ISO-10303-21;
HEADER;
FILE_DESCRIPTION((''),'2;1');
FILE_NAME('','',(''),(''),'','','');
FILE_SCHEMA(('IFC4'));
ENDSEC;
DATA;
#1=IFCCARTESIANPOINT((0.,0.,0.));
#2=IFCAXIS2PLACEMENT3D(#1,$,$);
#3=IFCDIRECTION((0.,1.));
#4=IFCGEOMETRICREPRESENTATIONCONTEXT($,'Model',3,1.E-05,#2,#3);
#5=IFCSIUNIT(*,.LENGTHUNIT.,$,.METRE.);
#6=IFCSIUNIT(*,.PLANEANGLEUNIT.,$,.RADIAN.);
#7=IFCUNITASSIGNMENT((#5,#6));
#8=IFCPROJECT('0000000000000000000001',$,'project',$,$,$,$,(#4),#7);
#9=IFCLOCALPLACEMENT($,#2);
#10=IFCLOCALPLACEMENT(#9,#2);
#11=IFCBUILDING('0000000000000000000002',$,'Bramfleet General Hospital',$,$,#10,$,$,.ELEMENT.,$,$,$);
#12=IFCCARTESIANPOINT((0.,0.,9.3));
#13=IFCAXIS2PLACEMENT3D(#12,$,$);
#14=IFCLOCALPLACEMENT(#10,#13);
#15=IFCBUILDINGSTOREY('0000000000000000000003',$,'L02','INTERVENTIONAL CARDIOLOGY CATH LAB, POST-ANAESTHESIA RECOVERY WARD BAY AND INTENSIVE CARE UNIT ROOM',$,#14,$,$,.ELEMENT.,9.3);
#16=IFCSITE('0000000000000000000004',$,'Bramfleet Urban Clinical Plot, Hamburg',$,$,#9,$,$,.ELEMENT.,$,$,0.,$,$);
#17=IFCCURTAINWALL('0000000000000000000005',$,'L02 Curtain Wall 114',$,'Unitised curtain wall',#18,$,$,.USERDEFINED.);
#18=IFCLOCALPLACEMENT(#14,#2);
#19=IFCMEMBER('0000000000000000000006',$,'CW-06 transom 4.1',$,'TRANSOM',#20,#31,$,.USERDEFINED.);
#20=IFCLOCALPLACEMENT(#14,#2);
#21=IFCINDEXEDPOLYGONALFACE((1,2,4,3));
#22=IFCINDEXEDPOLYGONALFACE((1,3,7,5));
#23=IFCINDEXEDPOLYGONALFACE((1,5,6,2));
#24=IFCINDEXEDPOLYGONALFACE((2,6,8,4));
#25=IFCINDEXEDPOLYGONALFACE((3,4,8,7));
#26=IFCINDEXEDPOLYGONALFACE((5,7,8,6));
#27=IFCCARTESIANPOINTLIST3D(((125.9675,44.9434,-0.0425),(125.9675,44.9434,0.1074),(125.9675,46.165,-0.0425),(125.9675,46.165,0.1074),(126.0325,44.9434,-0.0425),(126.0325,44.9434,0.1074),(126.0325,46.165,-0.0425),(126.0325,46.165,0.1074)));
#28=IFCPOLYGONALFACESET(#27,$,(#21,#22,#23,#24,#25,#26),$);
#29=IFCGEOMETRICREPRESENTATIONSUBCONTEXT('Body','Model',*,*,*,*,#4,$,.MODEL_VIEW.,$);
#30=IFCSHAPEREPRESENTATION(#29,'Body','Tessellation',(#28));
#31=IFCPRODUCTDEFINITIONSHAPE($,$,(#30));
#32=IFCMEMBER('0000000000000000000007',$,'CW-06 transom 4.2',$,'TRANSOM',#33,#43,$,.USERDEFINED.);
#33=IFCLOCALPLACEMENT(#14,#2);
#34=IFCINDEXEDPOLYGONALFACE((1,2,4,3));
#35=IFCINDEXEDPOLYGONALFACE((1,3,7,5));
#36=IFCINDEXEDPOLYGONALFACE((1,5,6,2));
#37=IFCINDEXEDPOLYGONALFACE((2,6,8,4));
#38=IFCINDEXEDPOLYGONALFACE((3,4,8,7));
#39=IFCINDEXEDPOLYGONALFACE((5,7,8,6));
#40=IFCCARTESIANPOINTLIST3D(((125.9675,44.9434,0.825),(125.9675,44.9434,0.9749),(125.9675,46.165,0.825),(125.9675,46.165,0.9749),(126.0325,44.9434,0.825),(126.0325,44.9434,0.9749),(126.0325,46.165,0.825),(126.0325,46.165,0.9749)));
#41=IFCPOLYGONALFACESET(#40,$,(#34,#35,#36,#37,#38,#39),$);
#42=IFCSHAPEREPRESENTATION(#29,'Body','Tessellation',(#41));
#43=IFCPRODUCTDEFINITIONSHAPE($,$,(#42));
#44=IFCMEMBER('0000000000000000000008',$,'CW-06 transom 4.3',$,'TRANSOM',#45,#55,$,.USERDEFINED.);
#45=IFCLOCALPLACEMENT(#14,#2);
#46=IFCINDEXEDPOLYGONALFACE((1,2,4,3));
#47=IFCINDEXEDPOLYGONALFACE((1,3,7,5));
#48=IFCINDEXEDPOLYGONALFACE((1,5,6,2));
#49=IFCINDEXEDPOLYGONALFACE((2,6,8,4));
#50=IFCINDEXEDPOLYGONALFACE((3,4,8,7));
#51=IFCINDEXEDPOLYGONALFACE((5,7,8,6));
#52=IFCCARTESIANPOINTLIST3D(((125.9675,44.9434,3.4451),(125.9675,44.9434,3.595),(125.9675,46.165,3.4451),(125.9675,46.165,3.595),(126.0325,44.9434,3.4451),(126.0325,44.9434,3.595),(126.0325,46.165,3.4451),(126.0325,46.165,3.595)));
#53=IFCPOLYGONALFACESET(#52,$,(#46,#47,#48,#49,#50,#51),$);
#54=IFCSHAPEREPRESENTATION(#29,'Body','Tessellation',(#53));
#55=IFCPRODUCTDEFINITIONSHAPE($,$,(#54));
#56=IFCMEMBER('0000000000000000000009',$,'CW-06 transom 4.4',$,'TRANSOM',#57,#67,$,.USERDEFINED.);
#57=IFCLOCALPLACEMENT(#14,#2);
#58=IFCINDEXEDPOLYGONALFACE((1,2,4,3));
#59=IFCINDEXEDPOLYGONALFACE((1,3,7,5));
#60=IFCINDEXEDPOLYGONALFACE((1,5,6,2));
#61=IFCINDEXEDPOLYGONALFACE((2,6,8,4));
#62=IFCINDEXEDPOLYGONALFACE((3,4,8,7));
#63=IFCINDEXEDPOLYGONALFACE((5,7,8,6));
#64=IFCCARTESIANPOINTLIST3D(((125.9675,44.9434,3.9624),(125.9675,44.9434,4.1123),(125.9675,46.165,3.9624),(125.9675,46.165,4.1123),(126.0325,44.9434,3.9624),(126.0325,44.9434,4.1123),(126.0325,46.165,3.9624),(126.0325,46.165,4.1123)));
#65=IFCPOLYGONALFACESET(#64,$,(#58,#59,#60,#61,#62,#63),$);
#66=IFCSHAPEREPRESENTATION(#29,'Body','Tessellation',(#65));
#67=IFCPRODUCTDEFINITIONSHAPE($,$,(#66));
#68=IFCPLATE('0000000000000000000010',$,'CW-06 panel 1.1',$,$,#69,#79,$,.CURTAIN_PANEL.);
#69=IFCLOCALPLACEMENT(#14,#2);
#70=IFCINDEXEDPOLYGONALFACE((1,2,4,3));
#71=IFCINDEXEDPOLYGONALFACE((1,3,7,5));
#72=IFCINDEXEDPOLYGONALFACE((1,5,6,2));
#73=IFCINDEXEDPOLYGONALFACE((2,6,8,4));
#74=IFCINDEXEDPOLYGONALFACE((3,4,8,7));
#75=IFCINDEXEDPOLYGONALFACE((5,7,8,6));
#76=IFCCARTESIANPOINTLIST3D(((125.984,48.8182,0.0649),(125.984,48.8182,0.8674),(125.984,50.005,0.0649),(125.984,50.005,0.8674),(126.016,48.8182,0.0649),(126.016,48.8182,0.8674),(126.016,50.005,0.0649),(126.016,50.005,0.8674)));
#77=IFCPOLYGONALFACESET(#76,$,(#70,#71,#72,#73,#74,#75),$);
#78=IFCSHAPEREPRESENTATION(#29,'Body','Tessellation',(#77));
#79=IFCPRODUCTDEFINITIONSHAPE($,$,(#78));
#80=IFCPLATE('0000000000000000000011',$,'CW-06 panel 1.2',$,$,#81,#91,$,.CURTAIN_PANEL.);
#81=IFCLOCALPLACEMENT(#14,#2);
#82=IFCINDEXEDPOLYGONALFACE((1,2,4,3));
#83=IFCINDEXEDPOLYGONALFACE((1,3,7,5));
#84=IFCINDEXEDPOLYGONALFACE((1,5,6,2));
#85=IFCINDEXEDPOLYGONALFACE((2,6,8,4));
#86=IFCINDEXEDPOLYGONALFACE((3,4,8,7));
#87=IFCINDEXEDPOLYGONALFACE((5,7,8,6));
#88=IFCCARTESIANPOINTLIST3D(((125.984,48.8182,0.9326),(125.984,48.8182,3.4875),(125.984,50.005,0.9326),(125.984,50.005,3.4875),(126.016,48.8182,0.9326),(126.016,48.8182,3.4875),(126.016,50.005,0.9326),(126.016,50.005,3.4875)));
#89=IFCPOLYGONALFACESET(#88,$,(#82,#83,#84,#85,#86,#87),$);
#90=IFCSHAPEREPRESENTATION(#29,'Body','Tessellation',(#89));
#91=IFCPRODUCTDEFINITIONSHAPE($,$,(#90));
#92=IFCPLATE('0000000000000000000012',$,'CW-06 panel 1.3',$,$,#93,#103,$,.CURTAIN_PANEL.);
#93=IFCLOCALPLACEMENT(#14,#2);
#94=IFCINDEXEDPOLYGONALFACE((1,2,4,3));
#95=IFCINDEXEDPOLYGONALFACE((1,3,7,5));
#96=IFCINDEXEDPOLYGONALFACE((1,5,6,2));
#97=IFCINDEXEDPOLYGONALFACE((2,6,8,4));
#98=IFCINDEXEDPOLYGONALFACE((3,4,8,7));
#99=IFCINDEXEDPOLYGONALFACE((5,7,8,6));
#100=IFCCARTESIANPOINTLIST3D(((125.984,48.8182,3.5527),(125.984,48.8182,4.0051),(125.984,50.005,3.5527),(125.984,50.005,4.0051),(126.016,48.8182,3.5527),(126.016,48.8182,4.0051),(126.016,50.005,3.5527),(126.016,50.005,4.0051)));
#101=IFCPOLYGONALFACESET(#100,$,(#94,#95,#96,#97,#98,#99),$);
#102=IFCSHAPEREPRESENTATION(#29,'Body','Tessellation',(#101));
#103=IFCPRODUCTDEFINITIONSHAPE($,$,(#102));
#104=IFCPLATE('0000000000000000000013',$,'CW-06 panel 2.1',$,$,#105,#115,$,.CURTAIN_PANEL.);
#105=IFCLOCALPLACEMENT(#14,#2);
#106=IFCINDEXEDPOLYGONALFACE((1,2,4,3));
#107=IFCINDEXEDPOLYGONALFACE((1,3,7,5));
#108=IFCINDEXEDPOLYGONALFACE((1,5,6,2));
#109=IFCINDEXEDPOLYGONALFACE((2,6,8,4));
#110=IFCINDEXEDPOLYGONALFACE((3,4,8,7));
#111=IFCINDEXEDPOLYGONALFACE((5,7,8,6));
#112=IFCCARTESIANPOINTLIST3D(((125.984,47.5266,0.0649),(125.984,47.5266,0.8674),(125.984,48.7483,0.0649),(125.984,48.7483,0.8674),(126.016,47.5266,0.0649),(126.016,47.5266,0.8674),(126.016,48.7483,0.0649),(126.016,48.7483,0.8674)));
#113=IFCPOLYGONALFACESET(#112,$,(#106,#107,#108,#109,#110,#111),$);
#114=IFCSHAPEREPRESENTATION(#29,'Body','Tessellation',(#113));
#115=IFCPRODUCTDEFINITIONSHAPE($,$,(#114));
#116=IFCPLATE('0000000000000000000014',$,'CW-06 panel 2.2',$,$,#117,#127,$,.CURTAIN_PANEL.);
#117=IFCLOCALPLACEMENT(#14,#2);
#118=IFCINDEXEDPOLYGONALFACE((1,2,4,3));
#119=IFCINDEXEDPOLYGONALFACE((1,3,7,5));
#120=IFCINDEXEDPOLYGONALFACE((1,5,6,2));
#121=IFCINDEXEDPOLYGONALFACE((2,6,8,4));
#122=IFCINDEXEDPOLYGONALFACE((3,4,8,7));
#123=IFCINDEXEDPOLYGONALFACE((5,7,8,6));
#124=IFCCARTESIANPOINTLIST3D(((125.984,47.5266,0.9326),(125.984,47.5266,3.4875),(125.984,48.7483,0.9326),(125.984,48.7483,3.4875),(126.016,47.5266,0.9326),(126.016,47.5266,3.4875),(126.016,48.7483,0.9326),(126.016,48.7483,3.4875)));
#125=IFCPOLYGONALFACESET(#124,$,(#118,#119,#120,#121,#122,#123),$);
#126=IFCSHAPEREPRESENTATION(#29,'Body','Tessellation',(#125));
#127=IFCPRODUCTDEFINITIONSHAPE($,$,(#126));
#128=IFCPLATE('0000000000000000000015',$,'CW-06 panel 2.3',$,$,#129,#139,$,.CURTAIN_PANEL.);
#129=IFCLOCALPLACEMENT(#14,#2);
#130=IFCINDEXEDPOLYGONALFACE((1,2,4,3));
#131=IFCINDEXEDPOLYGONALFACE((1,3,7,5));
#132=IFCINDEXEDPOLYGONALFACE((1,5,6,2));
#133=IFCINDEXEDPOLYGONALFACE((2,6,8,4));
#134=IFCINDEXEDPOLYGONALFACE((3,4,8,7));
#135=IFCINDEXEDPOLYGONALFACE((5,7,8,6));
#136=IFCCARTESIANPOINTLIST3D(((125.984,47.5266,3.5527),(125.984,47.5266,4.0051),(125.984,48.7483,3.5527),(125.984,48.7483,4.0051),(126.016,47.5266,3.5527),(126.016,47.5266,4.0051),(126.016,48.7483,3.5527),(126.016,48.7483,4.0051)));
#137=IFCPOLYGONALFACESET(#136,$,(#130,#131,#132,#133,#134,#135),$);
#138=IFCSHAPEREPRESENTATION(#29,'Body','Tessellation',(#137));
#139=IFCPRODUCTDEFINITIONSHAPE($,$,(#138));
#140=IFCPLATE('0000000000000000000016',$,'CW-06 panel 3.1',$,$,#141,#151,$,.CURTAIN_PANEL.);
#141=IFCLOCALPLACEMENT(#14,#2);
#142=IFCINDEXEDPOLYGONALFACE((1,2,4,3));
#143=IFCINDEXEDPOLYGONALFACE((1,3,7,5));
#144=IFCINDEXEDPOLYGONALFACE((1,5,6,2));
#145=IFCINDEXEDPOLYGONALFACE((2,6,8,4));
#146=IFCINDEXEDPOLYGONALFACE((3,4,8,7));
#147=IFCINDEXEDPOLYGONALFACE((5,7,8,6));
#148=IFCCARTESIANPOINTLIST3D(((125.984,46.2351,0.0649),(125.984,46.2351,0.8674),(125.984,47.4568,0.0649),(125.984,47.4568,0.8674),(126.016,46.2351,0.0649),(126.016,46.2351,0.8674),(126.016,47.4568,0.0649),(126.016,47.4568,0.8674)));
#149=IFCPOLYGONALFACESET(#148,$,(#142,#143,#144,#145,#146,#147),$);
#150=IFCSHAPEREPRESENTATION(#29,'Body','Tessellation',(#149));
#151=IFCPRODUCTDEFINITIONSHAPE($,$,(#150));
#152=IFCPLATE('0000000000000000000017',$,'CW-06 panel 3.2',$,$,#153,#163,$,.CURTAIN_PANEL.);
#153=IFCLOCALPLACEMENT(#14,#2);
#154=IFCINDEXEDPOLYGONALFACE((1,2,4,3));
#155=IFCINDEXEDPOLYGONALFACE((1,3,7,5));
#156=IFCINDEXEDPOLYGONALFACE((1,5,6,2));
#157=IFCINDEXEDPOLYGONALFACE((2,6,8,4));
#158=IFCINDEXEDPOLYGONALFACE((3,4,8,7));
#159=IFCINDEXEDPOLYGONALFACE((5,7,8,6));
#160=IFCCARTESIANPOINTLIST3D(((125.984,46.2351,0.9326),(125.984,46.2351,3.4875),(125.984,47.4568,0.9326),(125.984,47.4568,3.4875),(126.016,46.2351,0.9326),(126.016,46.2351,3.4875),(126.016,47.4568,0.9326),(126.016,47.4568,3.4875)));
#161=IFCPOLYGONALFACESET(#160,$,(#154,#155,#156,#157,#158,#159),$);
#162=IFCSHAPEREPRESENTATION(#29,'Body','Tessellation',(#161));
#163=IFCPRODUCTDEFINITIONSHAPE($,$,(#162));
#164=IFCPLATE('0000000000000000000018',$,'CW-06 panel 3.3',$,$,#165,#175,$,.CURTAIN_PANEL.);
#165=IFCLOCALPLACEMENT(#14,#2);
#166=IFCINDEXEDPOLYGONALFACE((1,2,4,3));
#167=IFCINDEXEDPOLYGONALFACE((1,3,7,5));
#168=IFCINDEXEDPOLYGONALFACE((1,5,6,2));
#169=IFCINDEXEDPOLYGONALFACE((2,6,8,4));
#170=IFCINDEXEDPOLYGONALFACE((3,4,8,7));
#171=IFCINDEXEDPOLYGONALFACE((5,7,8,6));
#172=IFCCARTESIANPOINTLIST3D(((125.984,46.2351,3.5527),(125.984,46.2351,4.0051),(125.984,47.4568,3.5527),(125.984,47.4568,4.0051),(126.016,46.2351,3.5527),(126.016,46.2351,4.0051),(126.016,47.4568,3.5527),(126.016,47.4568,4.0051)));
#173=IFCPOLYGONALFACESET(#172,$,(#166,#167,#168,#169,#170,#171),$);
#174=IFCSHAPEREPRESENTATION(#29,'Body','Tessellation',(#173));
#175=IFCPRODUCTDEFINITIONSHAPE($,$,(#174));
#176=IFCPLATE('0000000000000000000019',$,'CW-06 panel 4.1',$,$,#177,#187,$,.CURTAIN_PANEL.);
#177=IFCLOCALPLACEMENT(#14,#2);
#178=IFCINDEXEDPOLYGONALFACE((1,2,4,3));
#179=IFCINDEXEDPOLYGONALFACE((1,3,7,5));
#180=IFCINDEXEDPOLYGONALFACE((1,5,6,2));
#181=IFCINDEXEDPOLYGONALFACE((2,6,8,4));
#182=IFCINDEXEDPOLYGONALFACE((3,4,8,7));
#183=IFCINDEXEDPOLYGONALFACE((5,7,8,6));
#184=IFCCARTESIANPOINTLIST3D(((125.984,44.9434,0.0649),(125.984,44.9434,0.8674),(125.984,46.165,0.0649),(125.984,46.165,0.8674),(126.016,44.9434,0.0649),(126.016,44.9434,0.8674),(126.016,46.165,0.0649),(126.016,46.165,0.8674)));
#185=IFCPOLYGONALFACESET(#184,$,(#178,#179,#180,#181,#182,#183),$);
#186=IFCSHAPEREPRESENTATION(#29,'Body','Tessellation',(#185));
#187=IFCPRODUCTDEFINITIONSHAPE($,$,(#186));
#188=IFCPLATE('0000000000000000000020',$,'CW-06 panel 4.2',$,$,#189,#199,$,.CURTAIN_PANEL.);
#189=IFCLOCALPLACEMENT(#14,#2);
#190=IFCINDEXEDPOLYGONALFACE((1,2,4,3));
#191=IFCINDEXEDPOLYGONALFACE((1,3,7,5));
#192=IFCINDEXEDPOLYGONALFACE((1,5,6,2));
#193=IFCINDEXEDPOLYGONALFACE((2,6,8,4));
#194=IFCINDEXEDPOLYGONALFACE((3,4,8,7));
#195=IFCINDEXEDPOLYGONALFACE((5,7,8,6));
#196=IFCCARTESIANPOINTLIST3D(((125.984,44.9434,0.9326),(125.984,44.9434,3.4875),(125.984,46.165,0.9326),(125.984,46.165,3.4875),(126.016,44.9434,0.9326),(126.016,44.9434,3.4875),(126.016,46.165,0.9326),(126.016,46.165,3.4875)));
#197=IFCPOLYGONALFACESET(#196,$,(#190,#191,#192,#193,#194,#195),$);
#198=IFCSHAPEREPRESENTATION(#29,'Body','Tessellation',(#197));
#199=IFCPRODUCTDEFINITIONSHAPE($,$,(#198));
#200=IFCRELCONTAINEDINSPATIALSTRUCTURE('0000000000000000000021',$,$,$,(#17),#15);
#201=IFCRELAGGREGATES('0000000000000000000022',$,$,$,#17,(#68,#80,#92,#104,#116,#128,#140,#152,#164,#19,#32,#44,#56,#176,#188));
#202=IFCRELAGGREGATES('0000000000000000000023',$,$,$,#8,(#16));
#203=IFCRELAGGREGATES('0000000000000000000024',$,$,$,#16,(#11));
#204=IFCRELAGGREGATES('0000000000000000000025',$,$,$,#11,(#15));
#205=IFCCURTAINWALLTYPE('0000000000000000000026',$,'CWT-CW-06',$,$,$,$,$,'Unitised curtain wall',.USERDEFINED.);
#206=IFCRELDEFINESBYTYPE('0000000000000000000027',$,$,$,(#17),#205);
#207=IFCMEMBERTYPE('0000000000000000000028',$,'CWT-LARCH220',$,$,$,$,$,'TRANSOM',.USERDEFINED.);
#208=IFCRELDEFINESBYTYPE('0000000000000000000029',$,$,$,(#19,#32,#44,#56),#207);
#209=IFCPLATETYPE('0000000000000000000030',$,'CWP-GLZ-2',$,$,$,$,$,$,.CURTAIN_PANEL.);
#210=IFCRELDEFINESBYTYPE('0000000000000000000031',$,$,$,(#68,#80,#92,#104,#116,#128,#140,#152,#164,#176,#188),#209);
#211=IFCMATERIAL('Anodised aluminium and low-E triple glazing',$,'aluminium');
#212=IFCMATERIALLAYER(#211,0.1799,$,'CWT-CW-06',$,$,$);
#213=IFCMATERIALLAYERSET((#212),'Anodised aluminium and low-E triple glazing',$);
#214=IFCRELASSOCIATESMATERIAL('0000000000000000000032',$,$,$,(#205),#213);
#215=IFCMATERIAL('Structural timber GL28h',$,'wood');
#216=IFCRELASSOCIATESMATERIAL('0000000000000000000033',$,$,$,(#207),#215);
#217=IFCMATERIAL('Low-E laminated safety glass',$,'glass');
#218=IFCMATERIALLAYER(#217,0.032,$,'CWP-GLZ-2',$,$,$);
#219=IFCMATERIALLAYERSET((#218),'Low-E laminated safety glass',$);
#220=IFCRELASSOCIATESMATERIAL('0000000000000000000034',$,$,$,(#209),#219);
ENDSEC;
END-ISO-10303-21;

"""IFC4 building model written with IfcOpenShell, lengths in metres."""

from ifc_helpers import new_model, si_unit, direction, frame, origin, origin_2d, place, context, subcontext, project, spatial, rectangle, extrude, material, layer, layer_set, material_profile, profile_set, type_object, element, aggregate, save


model = new_model("IFC4")

# Units and contexts
model_context = context("Model", 3, precision=1e-05, world=origin(), true_north=direction((0.0, 1.0)))
body_context = subcontext(model_context, "Body", "Model", "MODEL_VIEW")
ifc_project = project(units=[si_unit("LENGTHUNIT", "METRE"), si_unit("PLANEANGLEUNIT", "RADIAN")], contexts=[model_context])

# Site, building, storey
site_placement = place(None, origin())
site = spatial("IfcSite", under=ifc_project, at=site_placement, Name="Bramfleet Urban Clinical Plot, Hamburg", CompositionType="ELEMENT", RefElevation=0.0)
building_placement = place(site_placement, origin())
building = spatial("IfcBuilding", under=site, at=building_placement, Name="Bramfleet General Hospital", CompositionType="ELEMENT")
storey_placement = place(building_placement, frame((0.0, 0.0, 9.3)))
storey = spatial("IfcBuildingStorey", under=building, at=storey_placement, Name="L02", Description="INTERVENTIONAL CARDIOLOGY CATH LAB, POST-ANAESTHESIA RECOVERY WARD BAY AND INTENSIVE CARE UNIT ROOM", CompositionType="ELEMENT", Elevation=9.3)

# Curtain wall, members, plates
ifc_material_1 = material(Name="Anodised aluminium and low-E triple glazing", Category="aluminium")
ifc_layer_1 = layer(ifc_material_1, 0.1799, Name="CWT-CW-06")
ifc_layer_set_1 = layer_set([ifc_layer_1], Name="Anodised aluminium and low-E triple glazing")
curtain_wall_type = type_object("IfcCurtainWallType", Name="CWT-CW-06", ElementType="Unitised curtain wall", PredefinedType="USERDEFINED", material=ifc_layer_set_1)
curtain_wall_placement = place(storey_placement, origin())
curtain_wall = element("IfcCurtainWall", 1, at=curtain_wall_placement, inside=storey, type_object=curtain_wall_type, Name="L02 Curtain Wall 114", ObjectType="Unitised curtain wall", PredefinedType="USERDEFINED")
ifc_material_2 = material(Name="Structural timber GL28h", Category="wood")
ifc_material_profile_1 = material_profile(ifc_material_2, rectangle(XDim=0.0649, YDim=0.1499, at=origin_2d()), Name="LARCH 150x65")
ifc_profile_set_1 = profile_set([ifc_material_profile_1], Name="Structural timber GL28h")
member_type_1 = type_object("IfcMemberType", Name="CWT-LARCH220", ElementType="TRANSOM", PredefinedType="USERDEFINED", material=ifc_profile_set_1)
member_1_placement = place(storey_placement, frame((126.0, 46.165, 0.0325), z_axis=(0.0, -1.0, 0.0), x_axis=(1.0, 0.0, 0.0)))
member_1 = element("IfcMember", 2, at=member_1_placement, type_object=member_type_1, Name="CW-06 transom 4.1", ObjectType="TRANSOM", PredefinedType="USERDEFINED", context=body_context, shape_type="SweptSolid", body=[
    extrude(rectangle(XDim=0.0649, YDim=0.1499, at=origin_2d()), origin(), (0.0, 0.0, 1.0), 1.2217),
])
member_2_placement = place(storey_placement, frame((126.0, 46.165, 0.8999), z_axis=(0.0, -1.0, 0.0), x_axis=(1.0, 0.0, 0.0)))
member_2 = element("IfcMember", 3, at=member_2_placement, type_object=member_type_1, Name="CW-06 transom 4.2", ObjectType="TRANSOM", PredefinedType="USERDEFINED", context=body_context, shape_type="SweptSolid", body=[
    extrude(rectangle(XDim=0.0649, YDim=0.1499, at=origin_2d()), origin(), (0.0, 0.0, 1.0), 1.2217),
])
member_3_placement = place(storey_placement, frame((126.0, 46.165, 3.52), z_axis=(0.0, -1.0, 0.0), x_axis=(1.0, 0.0, 0.0)))
member_3 = element("IfcMember", 4, at=member_3_placement, type_object=member_type_1, Name="CW-06 transom 4.3", ObjectType="TRANSOM", PredefinedType="USERDEFINED", context=body_context, shape_type="SweptSolid", body=[
    extrude(rectangle(XDim=0.0649, YDim=0.1499, at=origin_2d()), origin(), (0.0, 0.0, 1.0), 1.2217),
])
member_4_placement = place(storey_placement, frame((126.0, 46.165, 4.0374), z_axis=(0.0, -1.0, 0.0), x_axis=(1.0, 0.0, 0.0)))
member_4 = element("IfcMember", 5, at=member_4_placement, type_object=member_type_1, Name="CW-06 transom 4.4", ObjectType="TRANSOM", PredefinedType="USERDEFINED", context=body_context, shape_type="SweptSolid", body=[
    extrude(rectangle(XDim=0.0649, YDim=0.1499, at=origin_2d()), origin(), (0.0, 0.0, 1.0), 1.2217),
])
ifc_material_3 = material(Name="Low-E laminated safety glass", Category="glass")
ifc_layer_2 = layer(ifc_material_3, 0.032, Name="CWP-GLZ-2")
ifc_layer_set_2 = layer_set([ifc_layer_2], Name="Low-E laminated safety glass")
plate_type = type_object("IfcPlateType", Name="CWP-GLZ-2", PredefinedType="CURTAIN_PANEL", material=ifc_layer_set_2)
plate_1_placement = place(storey_placement, frame((126.0, 49.4116, 0.0649), z_axis=(0.0, 0.0, 1.0), x_axis=(0.0, -1.0, 0.0)))
plate_1 = element("IfcPlate", 6, at=plate_1_placement, type_object=plate_type, Name="CW-06 panel 1.1", PredefinedType="CURTAIN_PANEL", context=body_context, shape_type="SweptSolid", body=[
    extrude(rectangle(XDim=1.1868, YDim=0.032, at=origin_2d()), origin(), (0.0, 0.0, 1.0), 0.8025),
])
plate_2_placement = place(storey_placement, frame((126.0, 49.4116, 0.9326), z_axis=(0.0, 0.0, 1.0), x_axis=(0.0, -1.0, 0.0)))
plate_2 = element("IfcPlate", 7, at=plate_2_placement, type_object=plate_type, Name="CW-06 panel 1.2", PredefinedType="CURTAIN_PANEL", context=body_context, shape_type="SweptSolid", body=[
    extrude(rectangle(XDim=1.1868, YDim=0.032, at=origin_2d()), origin(), (0.0, 0.0, 1.0), 2.5549),
])
plate_3_placement = place(storey_placement, frame((126.0, 49.4116, 3.5527), z_axis=(0.0, 0.0, 1.0), x_axis=(0.0, -1.0, 0.0)))
plate_3 = element("IfcPlate", 8, at=plate_3_placement, type_object=plate_type, Name="CW-06 panel 1.3", PredefinedType="CURTAIN_PANEL", context=body_context, shape_type="SweptSolid", body=[
    extrude(rectangle(XDim=1.1868, YDim=0.032, at=origin_2d()), origin(), (0.0, 0.0, 1.0), 0.4524),
])
plate_4_placement = place(storey_placement, frame((126.0, 48.1375, 0.0649), z_axis=(0.0, 0.0, 1.0), x_axis=(0.0, -1.0, 0.0)))
plate_4 = element("IfcPlate", 9, at=plate_4_placement, type_object=plate_type, Name="CW-06 panel 2.1", PredefinedType="CURTAIN_PANEL", context=body_context, shape_type="SweptSolid", body=[
    extrude(rectangle(XDim=1.2217, YDim=0.032, at=origin_2d()), origin(), (0.0, 0.0, 1.0), 0.8025),
])
plate_5_placement = place(storey_placement, frame((126.0, 48.1375, 0.9326), z_axis=(0.0, 0.0, 1.0), x_axis=(0.0, -1.0, 0.0)))
plate_5 = element("IfcPlate", 10, at=plate_5_placement, type_object=plate_type, Name="CW-06 panel 2.2", PredefinedType="CURTAIN_PANEL", context=body_context, shape_type="SweptSolid", body=[
    extrude(rectangle(XDim=1.2217, YDim=0.032, at=origin_2d()), origin(), (0.0, 0.0, 1.0), 2.5549),
])
plate_6_placement = place(storey_placement, frame((126.0, 48.1375, 3.5527), z_axis=(0.0, 0.0, 1.0), x_axis=(0.0, -1.0, 0.0)))
plate_6 = element("IfcPlate", 11, at=plate_6_placement, type_object=plate_type, Name="CW-06 panel 2.3", PredefinedType="CURTAIN_PANEL", context=body_context, shape_type="SweptSolid", body=[
    extrude(rectangle(XDim=1.2217, YDim=0.032, at=origin_2d()), origin(), (0.0, 0.0, 1.0), 0.4524),
])
plate_7_placement = place(storey_placement, frame((126.0, 46.8459, 0.0649), z_axis=(0.0, 0.0, 1.0), x_axis=(0.0, -1.0, 0.0)))
plate_7 = element("IfcPlate", 12, at=plate_7_placement, type_object=plate_type, Name="CW-06 panel 3.1", PredefinedType="CURTAIN_PANEL", context=body_context, shape_type="SweptSolid", body=[
    extrude(rectangle(XDim=1.2217, YDim=0.032, at=origin_2d()), origin(), (0.0, 0.0, 1.0), 0.8025),
])
plate_8_placement = place(storey_placement, frame((126.0, 46.8459, 0.9326), z_axis=(0.0, 0.0, 1.0), x_axis=(0.0, -1.0, 0.0)))
plate_8 = element("IfcPlate", 13, at=plate_8_placement, type_object=plate_type, Name="CW-06 panel 3.2", PredefinedType="CURTAIN_PANEL", context=body_context, shape_type="SweptSolid", body=[
    extrude(rectangle(XDim=1.2217, YDim=0.032, at=origin_2d()), origin(), (0.0, 0.0, 1.0), 2.5549),
])
plate_9_placement = place(storey_placement, frame((126.0, 46.8459, 3.5527), z_axis=(0.0, 0.0, 1.0), x_axis=(0.0, -1.0, 0.0)))
plate_9 = element("IfcPlate", 14, at=plate_9_placement, type_object=plate_type, Name="CW-06 panel 3.3", PredefinedType="CURTAIN_PANEL", context=body_context, shape_type="SweptSolid", body=[
    extrude(rectangle(XDim=1.2217, YDim=0.032, at=origin_2d()), origin(), (0.0, 0.0, 1.0), 0.4524),
])
plate_10_placement = place(storey_placement, frame((126.0, 45.5542, 0.0649), z_axis=(0.0, 0.0, 1.0), x_axis=(0.0, -1.0, 0.0)))
plate_10 = element("IfcPlate", 15, at=plate_10_placement, type_object=plate_type, Name="CW-06 panel 4.1", PredefinedType="CURTAIN_PANEL", context=body_context, shape_type="SweptSolid", body=[
    extrude(rectangle(XDim=1.2217, YDim=0.032, at=origin_2d()), origin(), (0.0, 0.0, 1.0), 0.8025),
])
plate_11_placement = place(storey_placement, frame((126.0, 45.5542, 0.9326), z_axis=(0.0, 0.0, 1.0), x_axis=(0.0, -1.0, 0.0)))
plate_11 = element("IfcPlate", 16, at=plate_11_placement, type_object=plate_type, Name="CW-06 panel 4.2", PredefinedType="CURTAIN_PANEL", context=body_context, shape_type="SweptSolid", body=[
    extrude(rectangle(XDim=1.2217, YDim=0.032, at=origin_2d()), origin(), (0.0, 0.0, 1.0), 2.5549),
])
aggregate(curtain_wall, [plate_1, plate_2, plate_3, plate_4, plate_5, plate_6, plate_7, plate_8, plate_9, member_1, member_2, member_3, member_4, plate_10, plate_11])

save(model, "model.ifc")
